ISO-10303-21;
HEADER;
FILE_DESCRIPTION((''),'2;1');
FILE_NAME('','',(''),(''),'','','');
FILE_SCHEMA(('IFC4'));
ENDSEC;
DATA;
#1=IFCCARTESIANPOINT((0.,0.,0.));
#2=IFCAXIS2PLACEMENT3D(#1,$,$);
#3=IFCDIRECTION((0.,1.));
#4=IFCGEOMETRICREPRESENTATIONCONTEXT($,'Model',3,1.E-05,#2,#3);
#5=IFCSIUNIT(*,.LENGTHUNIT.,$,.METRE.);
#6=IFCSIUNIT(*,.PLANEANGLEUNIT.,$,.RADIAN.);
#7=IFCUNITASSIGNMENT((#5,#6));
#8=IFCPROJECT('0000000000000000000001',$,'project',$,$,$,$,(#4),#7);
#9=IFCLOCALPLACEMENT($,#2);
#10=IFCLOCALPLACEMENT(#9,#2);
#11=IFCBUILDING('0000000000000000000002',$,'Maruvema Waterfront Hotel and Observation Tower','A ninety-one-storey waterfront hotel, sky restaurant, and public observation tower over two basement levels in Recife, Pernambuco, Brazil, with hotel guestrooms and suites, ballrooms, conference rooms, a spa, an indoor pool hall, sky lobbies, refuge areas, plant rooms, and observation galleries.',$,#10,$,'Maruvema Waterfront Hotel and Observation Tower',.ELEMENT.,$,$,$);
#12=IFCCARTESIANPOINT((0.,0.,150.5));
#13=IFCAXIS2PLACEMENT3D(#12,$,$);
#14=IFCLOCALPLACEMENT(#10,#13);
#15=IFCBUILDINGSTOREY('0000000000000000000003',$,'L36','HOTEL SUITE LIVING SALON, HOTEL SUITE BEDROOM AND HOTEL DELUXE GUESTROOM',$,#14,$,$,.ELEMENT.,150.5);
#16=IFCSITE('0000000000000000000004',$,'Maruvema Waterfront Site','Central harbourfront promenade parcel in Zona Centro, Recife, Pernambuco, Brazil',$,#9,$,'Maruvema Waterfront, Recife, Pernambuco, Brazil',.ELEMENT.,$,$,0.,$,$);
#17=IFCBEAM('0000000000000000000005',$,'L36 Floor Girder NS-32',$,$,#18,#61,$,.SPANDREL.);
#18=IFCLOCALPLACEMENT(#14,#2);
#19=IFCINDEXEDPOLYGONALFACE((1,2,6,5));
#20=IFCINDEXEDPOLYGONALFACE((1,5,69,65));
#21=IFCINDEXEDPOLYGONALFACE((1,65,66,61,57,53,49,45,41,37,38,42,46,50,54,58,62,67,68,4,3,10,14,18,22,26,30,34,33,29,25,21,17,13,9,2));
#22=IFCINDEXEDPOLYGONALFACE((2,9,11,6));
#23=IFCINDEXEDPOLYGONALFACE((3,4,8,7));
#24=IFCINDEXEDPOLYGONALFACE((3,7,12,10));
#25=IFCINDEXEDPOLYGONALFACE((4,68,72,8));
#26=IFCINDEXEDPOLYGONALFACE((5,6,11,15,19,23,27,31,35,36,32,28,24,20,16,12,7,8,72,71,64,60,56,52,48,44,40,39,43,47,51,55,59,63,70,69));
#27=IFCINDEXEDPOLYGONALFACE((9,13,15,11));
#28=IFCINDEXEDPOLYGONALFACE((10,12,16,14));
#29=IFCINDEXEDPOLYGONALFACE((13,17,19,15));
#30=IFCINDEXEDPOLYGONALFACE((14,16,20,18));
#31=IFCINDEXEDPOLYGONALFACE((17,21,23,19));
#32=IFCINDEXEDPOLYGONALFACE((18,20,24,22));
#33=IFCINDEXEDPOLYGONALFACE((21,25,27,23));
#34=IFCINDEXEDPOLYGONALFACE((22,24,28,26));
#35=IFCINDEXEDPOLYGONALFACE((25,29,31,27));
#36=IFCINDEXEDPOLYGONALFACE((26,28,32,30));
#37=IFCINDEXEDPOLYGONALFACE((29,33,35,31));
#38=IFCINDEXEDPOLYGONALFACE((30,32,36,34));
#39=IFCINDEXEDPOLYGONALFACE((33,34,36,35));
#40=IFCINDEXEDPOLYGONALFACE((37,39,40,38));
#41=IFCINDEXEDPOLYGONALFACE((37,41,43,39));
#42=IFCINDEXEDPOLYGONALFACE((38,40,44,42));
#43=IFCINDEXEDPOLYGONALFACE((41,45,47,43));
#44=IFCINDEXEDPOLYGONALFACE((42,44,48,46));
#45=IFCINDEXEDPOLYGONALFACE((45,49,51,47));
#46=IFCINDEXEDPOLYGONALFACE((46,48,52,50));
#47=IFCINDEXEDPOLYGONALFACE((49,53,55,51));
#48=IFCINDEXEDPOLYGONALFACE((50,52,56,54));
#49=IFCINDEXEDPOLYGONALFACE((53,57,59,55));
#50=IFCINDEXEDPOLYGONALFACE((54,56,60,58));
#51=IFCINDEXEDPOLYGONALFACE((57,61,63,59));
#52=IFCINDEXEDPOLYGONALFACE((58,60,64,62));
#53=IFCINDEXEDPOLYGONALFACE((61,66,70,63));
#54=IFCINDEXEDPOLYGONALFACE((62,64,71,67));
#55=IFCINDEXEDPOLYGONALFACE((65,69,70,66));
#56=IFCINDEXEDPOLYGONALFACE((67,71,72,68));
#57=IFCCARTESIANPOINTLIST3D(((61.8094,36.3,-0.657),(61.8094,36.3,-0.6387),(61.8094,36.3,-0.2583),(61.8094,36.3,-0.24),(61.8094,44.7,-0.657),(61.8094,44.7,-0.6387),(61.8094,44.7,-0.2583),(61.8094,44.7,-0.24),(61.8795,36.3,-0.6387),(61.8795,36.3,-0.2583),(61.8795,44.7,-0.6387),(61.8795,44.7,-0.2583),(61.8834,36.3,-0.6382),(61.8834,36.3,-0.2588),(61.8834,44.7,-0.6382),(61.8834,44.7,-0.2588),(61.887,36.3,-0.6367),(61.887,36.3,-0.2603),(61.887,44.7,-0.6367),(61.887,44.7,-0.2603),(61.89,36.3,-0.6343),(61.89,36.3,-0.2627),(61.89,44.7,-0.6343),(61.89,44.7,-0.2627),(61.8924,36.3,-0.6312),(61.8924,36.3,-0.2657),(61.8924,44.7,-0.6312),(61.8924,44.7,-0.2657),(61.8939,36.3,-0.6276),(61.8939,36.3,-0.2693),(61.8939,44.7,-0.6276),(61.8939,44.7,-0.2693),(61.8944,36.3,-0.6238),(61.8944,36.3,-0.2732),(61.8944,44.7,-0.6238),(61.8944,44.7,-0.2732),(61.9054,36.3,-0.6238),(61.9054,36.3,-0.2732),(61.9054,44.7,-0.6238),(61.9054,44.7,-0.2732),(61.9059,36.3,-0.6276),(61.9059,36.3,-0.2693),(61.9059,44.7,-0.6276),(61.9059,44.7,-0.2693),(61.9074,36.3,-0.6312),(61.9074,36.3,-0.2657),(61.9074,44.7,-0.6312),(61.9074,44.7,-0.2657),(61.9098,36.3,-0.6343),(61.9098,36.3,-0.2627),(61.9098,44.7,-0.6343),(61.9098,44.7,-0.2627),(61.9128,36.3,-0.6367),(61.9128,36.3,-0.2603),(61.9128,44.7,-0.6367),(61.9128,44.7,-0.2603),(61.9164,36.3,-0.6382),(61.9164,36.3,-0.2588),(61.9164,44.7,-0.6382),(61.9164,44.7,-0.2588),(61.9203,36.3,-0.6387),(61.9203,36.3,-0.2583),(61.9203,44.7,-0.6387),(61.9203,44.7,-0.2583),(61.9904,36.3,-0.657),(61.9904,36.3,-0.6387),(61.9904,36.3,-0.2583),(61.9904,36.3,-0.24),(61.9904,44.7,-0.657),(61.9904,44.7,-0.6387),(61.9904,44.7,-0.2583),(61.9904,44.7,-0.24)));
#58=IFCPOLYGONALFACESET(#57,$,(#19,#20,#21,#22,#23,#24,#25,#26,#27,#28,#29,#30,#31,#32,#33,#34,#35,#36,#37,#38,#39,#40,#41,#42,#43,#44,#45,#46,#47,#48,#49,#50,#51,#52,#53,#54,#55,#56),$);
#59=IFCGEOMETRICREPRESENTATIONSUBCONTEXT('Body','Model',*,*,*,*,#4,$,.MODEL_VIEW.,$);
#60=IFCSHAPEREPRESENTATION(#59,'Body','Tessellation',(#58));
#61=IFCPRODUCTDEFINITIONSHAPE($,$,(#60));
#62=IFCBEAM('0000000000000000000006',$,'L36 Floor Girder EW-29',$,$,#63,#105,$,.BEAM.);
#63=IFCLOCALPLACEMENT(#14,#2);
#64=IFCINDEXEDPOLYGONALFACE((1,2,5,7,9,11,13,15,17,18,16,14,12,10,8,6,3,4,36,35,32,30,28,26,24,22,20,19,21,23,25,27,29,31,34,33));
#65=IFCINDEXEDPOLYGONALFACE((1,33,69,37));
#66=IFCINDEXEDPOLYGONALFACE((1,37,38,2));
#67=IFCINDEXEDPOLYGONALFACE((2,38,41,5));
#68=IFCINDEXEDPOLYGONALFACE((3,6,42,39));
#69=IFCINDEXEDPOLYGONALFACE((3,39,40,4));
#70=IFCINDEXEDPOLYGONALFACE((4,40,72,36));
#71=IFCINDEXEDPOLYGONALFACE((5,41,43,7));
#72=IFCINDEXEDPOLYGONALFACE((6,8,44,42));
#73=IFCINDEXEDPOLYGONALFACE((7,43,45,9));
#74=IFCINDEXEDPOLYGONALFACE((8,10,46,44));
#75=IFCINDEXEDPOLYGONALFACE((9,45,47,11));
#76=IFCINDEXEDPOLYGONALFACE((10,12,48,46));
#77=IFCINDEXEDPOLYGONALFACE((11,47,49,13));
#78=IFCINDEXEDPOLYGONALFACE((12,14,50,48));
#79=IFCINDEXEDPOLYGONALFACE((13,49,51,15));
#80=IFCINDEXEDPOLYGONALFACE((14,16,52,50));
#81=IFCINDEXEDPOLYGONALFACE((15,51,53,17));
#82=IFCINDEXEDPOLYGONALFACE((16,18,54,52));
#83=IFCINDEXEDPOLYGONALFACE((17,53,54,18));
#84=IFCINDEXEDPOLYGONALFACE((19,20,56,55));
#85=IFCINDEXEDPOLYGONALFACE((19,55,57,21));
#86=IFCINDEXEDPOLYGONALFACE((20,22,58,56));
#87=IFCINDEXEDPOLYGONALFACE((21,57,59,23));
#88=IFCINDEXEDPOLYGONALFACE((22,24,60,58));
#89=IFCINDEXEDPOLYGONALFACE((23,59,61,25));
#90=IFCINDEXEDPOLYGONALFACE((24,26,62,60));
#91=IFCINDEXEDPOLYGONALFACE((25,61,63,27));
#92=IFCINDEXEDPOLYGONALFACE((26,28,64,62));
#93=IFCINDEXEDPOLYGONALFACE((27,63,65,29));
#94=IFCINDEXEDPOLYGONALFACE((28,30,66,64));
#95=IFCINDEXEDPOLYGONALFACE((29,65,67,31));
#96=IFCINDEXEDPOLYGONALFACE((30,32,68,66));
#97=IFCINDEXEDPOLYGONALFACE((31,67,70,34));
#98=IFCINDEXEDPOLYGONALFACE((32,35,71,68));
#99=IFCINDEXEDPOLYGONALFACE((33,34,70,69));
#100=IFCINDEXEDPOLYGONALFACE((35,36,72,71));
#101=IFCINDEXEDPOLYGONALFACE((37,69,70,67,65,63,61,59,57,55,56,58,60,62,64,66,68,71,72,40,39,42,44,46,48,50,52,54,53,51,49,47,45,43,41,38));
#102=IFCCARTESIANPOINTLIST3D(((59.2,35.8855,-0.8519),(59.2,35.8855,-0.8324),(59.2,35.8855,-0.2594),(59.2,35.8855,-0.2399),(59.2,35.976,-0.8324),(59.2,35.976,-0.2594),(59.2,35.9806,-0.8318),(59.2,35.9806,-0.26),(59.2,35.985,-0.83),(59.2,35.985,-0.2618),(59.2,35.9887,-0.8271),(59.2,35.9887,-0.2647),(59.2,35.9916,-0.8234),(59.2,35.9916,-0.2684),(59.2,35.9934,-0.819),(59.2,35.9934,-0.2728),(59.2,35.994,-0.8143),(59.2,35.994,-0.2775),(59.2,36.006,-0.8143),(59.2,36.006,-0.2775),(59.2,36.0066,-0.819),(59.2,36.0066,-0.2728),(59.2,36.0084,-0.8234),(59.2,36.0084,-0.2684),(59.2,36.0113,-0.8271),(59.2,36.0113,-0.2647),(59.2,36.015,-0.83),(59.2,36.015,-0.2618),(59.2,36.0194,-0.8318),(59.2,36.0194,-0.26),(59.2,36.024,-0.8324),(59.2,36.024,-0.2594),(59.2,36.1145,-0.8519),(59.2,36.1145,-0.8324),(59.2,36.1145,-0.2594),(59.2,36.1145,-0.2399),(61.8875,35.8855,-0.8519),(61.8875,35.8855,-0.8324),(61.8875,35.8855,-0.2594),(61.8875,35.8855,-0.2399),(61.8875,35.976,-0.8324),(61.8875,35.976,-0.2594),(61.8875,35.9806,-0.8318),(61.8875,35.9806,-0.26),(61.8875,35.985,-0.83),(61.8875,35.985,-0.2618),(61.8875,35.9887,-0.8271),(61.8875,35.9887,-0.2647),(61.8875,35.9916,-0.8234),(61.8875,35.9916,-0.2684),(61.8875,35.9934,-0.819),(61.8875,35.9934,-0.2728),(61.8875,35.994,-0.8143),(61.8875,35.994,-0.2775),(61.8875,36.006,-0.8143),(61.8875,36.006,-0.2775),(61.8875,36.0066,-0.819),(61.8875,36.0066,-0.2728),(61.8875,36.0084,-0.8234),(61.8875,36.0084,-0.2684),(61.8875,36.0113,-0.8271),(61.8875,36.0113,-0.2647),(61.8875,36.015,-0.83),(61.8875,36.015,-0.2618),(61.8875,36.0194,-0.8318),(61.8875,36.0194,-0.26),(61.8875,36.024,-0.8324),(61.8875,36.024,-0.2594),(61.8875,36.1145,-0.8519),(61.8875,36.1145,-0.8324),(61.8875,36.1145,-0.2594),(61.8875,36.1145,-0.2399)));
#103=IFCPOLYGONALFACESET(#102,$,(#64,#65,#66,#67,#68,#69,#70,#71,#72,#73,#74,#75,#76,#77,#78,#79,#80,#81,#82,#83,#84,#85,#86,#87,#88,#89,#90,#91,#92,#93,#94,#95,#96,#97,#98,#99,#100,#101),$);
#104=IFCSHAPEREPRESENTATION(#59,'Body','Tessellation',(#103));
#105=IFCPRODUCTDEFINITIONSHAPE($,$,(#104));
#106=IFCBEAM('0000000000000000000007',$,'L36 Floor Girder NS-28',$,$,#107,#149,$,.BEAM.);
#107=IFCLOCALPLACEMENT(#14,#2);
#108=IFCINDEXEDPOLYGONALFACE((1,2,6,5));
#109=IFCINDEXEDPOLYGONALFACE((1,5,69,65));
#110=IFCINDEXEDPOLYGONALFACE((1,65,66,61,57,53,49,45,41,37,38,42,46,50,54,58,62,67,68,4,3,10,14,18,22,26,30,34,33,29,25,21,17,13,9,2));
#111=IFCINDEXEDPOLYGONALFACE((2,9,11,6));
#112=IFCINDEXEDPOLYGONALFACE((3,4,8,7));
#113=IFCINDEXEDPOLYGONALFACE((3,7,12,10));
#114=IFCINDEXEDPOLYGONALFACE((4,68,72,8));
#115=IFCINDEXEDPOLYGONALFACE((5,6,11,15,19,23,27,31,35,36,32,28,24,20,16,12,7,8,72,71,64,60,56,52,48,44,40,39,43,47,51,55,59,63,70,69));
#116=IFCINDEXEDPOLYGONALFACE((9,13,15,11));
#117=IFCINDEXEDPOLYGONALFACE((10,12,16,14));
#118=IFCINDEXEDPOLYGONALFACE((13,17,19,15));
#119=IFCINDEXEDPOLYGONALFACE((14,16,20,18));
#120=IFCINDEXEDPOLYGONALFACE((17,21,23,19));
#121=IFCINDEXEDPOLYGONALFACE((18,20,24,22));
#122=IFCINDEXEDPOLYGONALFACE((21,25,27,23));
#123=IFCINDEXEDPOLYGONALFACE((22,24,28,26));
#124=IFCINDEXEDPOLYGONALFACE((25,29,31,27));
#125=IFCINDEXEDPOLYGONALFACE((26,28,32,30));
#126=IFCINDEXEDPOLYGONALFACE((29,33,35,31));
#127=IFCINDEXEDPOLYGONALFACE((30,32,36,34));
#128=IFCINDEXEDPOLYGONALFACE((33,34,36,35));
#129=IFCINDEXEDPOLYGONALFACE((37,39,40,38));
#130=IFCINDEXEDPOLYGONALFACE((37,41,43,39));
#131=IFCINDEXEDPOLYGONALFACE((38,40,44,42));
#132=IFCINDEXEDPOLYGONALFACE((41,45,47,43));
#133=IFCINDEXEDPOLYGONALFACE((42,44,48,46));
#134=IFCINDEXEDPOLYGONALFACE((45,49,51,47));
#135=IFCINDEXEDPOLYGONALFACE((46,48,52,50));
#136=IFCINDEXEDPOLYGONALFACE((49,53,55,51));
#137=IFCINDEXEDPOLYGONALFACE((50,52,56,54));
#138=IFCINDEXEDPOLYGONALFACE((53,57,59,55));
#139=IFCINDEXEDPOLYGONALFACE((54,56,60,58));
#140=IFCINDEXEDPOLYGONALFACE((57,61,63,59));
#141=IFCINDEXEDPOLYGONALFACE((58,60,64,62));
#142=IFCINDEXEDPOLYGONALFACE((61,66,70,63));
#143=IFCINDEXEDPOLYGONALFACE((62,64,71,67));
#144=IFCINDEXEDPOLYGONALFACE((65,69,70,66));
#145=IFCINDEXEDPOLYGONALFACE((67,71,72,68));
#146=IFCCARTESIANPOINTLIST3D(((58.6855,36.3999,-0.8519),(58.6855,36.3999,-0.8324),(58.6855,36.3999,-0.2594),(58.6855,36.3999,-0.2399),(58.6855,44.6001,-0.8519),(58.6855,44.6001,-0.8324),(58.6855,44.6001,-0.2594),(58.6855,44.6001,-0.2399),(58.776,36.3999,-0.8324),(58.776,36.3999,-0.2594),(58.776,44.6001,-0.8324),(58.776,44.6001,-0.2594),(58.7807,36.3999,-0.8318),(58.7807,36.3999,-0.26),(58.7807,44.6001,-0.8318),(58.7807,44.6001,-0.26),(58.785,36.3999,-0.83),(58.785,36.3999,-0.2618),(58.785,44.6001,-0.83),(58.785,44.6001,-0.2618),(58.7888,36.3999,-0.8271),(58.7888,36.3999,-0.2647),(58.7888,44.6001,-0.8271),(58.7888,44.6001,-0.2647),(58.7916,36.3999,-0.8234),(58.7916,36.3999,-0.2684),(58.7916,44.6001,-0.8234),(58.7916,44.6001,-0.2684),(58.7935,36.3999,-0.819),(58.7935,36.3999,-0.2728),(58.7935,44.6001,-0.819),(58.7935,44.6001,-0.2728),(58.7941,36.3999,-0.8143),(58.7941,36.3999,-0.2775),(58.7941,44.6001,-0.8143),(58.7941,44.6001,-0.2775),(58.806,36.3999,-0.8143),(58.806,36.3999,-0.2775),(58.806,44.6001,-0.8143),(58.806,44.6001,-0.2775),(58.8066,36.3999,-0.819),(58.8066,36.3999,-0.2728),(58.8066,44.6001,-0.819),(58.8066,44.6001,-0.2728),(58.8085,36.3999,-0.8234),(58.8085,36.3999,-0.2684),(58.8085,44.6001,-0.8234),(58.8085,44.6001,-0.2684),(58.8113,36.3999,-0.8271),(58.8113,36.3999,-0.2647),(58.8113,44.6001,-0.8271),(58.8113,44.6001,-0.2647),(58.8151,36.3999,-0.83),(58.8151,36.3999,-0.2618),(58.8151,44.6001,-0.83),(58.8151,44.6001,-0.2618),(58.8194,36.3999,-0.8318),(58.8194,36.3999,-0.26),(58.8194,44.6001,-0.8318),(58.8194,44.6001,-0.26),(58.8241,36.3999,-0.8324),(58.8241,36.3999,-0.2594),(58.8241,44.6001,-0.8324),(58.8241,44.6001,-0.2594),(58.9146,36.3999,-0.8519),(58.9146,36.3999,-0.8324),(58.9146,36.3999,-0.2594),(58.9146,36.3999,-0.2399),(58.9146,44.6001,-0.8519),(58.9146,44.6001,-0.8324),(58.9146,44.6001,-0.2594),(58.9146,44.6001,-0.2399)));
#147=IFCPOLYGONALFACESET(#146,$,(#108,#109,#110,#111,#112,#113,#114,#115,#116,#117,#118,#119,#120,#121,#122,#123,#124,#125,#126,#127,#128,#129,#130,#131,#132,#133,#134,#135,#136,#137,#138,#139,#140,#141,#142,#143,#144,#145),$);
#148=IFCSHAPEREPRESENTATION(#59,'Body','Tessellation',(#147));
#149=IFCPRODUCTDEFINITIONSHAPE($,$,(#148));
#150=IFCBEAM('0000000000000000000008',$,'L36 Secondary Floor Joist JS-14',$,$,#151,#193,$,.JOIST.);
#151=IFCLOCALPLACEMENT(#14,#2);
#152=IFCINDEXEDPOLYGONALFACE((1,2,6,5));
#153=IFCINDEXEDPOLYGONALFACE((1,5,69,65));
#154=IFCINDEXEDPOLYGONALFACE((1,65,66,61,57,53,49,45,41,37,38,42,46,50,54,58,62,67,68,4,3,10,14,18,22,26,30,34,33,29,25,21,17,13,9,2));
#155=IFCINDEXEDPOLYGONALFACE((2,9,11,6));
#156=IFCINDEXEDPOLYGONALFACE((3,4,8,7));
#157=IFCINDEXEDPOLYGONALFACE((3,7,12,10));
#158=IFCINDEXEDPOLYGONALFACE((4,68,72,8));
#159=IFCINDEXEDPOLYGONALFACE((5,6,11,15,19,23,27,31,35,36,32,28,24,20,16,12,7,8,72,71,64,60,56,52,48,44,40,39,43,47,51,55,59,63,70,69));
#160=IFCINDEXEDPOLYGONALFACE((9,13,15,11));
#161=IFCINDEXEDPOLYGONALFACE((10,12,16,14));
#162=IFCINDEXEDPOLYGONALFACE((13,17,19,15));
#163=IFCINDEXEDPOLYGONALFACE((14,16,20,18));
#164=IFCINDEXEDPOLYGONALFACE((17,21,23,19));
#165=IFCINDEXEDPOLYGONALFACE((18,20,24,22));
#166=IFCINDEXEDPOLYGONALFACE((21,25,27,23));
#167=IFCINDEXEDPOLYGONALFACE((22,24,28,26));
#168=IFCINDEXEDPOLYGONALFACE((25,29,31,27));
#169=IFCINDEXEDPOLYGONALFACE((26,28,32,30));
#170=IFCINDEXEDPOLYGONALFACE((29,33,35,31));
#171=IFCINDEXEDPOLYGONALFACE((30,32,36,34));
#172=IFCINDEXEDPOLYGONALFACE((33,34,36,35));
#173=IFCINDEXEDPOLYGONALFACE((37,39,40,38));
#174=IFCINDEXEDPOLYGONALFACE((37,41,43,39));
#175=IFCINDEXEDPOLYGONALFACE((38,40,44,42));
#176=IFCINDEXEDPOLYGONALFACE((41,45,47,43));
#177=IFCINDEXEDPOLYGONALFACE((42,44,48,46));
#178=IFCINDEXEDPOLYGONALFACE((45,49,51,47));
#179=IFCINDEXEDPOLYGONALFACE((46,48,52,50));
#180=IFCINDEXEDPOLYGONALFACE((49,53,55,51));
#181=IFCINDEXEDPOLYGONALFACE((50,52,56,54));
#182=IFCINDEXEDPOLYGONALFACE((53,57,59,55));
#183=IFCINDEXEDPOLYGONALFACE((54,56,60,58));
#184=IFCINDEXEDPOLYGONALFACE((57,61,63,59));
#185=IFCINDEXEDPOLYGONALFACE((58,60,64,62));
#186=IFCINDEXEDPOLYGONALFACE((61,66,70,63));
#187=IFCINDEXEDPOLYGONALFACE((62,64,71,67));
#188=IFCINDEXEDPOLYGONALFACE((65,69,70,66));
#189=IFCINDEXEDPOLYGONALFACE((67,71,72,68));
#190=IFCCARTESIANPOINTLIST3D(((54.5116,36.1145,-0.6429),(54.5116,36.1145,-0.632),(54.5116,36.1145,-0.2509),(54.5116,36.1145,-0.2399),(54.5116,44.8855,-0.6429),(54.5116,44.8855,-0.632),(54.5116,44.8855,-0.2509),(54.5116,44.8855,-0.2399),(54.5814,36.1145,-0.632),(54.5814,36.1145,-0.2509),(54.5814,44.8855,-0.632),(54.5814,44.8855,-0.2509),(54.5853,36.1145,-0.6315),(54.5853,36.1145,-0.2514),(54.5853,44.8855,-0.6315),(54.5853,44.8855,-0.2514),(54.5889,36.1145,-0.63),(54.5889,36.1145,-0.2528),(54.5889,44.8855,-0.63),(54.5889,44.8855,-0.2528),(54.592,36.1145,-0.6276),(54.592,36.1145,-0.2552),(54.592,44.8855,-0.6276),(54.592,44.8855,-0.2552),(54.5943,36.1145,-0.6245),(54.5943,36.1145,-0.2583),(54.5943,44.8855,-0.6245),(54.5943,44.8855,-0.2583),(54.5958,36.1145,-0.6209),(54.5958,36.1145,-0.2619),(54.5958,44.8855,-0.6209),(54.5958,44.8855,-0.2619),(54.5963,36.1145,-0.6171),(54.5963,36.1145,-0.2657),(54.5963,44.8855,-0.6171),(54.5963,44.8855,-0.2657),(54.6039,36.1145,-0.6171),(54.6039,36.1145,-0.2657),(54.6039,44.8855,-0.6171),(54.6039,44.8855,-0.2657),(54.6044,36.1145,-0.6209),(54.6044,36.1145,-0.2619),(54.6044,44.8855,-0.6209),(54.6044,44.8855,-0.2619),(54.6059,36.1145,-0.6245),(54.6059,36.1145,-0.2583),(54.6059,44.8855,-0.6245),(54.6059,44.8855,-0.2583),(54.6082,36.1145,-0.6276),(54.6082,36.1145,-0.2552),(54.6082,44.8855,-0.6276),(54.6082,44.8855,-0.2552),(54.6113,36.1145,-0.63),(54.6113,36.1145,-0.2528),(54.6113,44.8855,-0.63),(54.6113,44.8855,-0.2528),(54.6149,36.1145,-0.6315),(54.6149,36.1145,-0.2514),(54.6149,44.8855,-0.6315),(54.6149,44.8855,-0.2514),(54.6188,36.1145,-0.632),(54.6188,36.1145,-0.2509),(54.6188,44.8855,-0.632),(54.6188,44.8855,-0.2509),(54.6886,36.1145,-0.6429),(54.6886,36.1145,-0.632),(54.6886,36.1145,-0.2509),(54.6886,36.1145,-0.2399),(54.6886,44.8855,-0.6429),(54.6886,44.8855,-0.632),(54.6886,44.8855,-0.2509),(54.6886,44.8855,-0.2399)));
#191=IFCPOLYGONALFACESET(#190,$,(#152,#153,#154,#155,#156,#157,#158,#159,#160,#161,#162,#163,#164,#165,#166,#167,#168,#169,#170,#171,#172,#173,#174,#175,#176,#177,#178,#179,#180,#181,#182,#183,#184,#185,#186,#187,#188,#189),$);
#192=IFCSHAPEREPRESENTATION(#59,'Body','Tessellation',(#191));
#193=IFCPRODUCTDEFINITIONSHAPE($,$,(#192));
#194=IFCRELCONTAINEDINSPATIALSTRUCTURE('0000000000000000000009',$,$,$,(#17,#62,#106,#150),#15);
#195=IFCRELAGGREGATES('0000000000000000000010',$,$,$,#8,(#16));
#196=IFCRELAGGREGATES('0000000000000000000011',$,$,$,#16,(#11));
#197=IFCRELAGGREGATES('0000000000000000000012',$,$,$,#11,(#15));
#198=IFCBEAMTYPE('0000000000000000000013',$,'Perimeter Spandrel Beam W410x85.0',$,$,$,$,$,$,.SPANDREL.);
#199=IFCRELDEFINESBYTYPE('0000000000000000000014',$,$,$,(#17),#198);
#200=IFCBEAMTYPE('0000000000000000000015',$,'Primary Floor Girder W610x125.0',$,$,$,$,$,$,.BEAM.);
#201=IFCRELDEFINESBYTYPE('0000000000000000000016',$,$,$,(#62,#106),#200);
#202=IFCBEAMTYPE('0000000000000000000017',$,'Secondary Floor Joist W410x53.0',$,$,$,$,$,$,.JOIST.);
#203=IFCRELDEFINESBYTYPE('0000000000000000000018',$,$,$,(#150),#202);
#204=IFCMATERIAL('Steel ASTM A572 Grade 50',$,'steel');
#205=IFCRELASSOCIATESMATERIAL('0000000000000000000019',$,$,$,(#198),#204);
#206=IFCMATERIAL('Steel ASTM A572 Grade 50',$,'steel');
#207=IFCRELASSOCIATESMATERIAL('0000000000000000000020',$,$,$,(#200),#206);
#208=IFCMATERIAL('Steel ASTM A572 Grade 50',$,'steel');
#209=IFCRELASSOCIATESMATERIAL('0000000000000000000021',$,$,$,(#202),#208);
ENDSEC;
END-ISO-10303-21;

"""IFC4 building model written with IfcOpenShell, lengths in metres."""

from ifc_helpers import new_model, si_unit, direction, frame, origin, origin_2d, place, context, subcontext, project, spatial, i_section, extrude, material, material_profile, profile_set, type_object, element, save


model = new_model("IFC4")

# Units and contexts
model_context = context("Model", 3, precision=1e-05, world=origin(), true_north=direction((0.0, 1.0)))
body_context = subcontext(model_context, "Body", "Model", "MODEL_VIEW")
ifc_project = project(units=[si_unit("LENGTHUNIT", "METRE"), si_unit("PLANEANGLEUNIT", "RADIAN")], contexts=[model_context])

# Site, building, storey
site_placement = place(None, origin())
site = spatial("IfcSite", under=ifc_project, at=site_placement, Name="Maruvema Waterfront Site", Description="Central harbourfront promenade parcel in Zona Centro, Recife, Pernambuco, Brazil", LongName="Maruvema Waterfront, Recife, Pernambuco, Brazil", CompositionType="ELEMENT", RefElevation=0.0)
building_placement = place(site_placement, origin())
building = spatial("IfcBuilding", under=site, at=building_placement, Name="Maruvema Waterfront Hotel and Observation Tower", Description="A ninety-one-storey waterfront hotel, sky restaurant, and public observation tower over two basement levels in Recife, Pernambuco, Brazil, with hotel guestrooms and suites, ballrooms, conference rooms, a spa, an indoor pool hall, sky lobbies, refuge areas, plant rooms, and observation galleries.", LongName="Maruvema Waterfront Hotel and Observation Tower", CompositionType="ELEMENT")
storey_placement = place(building_placement, frame((0.0, 0.0, 150.5)))
storey = spatial("IfcBuildingStorey", under=building, at=storey_placement, Name="L36", Description="HOTEL SUITE LIVING SALON, HOTEL SUITE BEDROOM AND HOTEL DELUXE GUESTROOM", CompositionType="ELEMENT", Elevation=150.5)

# Beams
ifc_material_1 = material(Name="Steel ASTM A572 Grade 50", Category="steel")
ifc_material_profile_1 = material_profile(ifc_material_1, i_section(OverallWidth=0.1809, OverallDepth=0.417, WebThickness=0.011, FlangeThickness=0.0183, FilletRadius=0.0149, at=origin_2d()), Name="W410x85.0")
ifc_profile_set_1 = profile_set([ifc_material_profile_1], Name="Steel ASTM A572 Grade 50")
beam_type_1 = type_object("IfcBeamType", Name="Perimeter Spandrel Beam W410x85.0", PredefinedType="SPANDREL", material=ifc_profile_set_1)
beam_1_placement = place(storey_placement, frame((61.8999, 36.3, -0.4485), z_axis=(0.0, 1.0, 0.0), x_axis=(-1.0, 0.0, 0.0)))
element("IfcBeam", 1, at=beam_1_placement, inside=storey, type_object=beam_type_1, Name="L36 Floor Girder NS-32", PredefinedType="SPANDREL", context=body_context, shape_type="SweptSolid", body=[
    extrude(i_section(OverallWidth=0.1809, OverallDepth=0.417, WebThickness=0.011, FlangeThickness=0.0183, FilletRadius=0.0149, at=origin_2d()), origin(), (0.0, 0.0, 1.0), 8.3999),
])
ifc_material_2 = material(Name="Steel ASTM A572 Grade 50", Category="steel")
ifc_material_profile_2 = material_profile(ifc_material_2, i_section(OverallWidth=0.229, OverallDepth=0.6121, WebThickness=0.012, FlangeThickness=0.0195, FilletRadius=0.0181, at=origin_2d()), Name="W610x125.0")
ifc_profile_set_2 = profile_set([ifc_material_profile_2], Name="Steel ASTM A572 Grade 50")
beam_type_2 = type_object("IfcBeamType", Name="Primary Floor Girder W610x125.0", PredefinedType="BEAM", material=ifc_profile_set_2)
beam_2_placement = place(storey_placement, frame((59.2, 36.0, -0.5459), z_axis=(1.0, 0.0, 0.0), x_axis=(0.0, 1.0, 0.0)))
element("IfcBeam", 2, at=beam_2_placement, inside=storey, type_object=beam_type_2, Name="L36 Floor Girder EW-29", PredefinedType="BEAM", context=body_context, shape_type="SweptSolid", body=[
    extrude(i_section(OverallWidth=0.229, OverallDepth=0.6121, WebThickness=0.012, FlangeThickness=0.0195, FilletRadius=0.0181, at=origin_2d()), origin(), (0.0, 0.0, 1.0), 2.6875),
])
beam_3_placement = place(storey_placement, frame((58.8, 36.3999, -0.5459), z_axis=(0.0, 1.0, 0.0), x_axis=(-1.0, 0.0, 0.0)))
element("IfcBeam", 3, at=beam_3_placement, inside=storey, type_object=beam_type_2, Name="L36 Floor Girder NS-28", PredefinedType="BEAM", context=body_context, shape_type="SweptSolid", body=[
    extrude(i_section(OverallWidth=0.229, OverallDepth=0.6121, WebThickness=0.012, FlangeThickness=0.0195, FilletRadius=0.0181, at=origin_2d()), origin(), (0.0, 0.0, 1.0), 8.2002),
])
ifc_material_3 = material(Name="Steel ASTM A572 Grade 50", Category="steel")
ifc_material_profile_3 = material_profile(ifc_material_3, i_section(OverallWidth=0.177, OverallDepth=0.4031, WebThickness=0.0076, FlangeThickness=0.011, FilletRadius=0.0149, at=origin_2d()), Name="W410x53.0")
ifc_profile_set_3 = profile_set([ifc_material_profile_3], Name="Steel ASTM A572 Grade 50")
beam_type_3 = type_object("IfcBeamType", Name="Secondary Floor Joist W410x53.0", PredefinedType="JOIST", material=ifc_profile_set_3)
beam_4_placement = place(storey_placement, frame((54.6001, 36.1145, -0.4414), z_axis=(0.0, 1.0, 0.0), x_axis=(-1.0, 0.0, 0.0)))
element("IfcBeam", 4, at=beam_4_placement, inside=storey, type_object=beam_type_3, Name="L36 Secondary Floor Joist JS-14", PredefinedType="JOIST", context=body_context, shape_type="SweptSolid", body=[
    extrude(i_section(OverallWidth=0.177, OverallDepth=0.4031, WebThickness=0.0076, FlangeThickness=0.011, FilletRadius=0.0149, at=origin_2d()), origin(), (0.0, 0.0, 1.0), 8.771),
])

save(model, "model.ifc")
